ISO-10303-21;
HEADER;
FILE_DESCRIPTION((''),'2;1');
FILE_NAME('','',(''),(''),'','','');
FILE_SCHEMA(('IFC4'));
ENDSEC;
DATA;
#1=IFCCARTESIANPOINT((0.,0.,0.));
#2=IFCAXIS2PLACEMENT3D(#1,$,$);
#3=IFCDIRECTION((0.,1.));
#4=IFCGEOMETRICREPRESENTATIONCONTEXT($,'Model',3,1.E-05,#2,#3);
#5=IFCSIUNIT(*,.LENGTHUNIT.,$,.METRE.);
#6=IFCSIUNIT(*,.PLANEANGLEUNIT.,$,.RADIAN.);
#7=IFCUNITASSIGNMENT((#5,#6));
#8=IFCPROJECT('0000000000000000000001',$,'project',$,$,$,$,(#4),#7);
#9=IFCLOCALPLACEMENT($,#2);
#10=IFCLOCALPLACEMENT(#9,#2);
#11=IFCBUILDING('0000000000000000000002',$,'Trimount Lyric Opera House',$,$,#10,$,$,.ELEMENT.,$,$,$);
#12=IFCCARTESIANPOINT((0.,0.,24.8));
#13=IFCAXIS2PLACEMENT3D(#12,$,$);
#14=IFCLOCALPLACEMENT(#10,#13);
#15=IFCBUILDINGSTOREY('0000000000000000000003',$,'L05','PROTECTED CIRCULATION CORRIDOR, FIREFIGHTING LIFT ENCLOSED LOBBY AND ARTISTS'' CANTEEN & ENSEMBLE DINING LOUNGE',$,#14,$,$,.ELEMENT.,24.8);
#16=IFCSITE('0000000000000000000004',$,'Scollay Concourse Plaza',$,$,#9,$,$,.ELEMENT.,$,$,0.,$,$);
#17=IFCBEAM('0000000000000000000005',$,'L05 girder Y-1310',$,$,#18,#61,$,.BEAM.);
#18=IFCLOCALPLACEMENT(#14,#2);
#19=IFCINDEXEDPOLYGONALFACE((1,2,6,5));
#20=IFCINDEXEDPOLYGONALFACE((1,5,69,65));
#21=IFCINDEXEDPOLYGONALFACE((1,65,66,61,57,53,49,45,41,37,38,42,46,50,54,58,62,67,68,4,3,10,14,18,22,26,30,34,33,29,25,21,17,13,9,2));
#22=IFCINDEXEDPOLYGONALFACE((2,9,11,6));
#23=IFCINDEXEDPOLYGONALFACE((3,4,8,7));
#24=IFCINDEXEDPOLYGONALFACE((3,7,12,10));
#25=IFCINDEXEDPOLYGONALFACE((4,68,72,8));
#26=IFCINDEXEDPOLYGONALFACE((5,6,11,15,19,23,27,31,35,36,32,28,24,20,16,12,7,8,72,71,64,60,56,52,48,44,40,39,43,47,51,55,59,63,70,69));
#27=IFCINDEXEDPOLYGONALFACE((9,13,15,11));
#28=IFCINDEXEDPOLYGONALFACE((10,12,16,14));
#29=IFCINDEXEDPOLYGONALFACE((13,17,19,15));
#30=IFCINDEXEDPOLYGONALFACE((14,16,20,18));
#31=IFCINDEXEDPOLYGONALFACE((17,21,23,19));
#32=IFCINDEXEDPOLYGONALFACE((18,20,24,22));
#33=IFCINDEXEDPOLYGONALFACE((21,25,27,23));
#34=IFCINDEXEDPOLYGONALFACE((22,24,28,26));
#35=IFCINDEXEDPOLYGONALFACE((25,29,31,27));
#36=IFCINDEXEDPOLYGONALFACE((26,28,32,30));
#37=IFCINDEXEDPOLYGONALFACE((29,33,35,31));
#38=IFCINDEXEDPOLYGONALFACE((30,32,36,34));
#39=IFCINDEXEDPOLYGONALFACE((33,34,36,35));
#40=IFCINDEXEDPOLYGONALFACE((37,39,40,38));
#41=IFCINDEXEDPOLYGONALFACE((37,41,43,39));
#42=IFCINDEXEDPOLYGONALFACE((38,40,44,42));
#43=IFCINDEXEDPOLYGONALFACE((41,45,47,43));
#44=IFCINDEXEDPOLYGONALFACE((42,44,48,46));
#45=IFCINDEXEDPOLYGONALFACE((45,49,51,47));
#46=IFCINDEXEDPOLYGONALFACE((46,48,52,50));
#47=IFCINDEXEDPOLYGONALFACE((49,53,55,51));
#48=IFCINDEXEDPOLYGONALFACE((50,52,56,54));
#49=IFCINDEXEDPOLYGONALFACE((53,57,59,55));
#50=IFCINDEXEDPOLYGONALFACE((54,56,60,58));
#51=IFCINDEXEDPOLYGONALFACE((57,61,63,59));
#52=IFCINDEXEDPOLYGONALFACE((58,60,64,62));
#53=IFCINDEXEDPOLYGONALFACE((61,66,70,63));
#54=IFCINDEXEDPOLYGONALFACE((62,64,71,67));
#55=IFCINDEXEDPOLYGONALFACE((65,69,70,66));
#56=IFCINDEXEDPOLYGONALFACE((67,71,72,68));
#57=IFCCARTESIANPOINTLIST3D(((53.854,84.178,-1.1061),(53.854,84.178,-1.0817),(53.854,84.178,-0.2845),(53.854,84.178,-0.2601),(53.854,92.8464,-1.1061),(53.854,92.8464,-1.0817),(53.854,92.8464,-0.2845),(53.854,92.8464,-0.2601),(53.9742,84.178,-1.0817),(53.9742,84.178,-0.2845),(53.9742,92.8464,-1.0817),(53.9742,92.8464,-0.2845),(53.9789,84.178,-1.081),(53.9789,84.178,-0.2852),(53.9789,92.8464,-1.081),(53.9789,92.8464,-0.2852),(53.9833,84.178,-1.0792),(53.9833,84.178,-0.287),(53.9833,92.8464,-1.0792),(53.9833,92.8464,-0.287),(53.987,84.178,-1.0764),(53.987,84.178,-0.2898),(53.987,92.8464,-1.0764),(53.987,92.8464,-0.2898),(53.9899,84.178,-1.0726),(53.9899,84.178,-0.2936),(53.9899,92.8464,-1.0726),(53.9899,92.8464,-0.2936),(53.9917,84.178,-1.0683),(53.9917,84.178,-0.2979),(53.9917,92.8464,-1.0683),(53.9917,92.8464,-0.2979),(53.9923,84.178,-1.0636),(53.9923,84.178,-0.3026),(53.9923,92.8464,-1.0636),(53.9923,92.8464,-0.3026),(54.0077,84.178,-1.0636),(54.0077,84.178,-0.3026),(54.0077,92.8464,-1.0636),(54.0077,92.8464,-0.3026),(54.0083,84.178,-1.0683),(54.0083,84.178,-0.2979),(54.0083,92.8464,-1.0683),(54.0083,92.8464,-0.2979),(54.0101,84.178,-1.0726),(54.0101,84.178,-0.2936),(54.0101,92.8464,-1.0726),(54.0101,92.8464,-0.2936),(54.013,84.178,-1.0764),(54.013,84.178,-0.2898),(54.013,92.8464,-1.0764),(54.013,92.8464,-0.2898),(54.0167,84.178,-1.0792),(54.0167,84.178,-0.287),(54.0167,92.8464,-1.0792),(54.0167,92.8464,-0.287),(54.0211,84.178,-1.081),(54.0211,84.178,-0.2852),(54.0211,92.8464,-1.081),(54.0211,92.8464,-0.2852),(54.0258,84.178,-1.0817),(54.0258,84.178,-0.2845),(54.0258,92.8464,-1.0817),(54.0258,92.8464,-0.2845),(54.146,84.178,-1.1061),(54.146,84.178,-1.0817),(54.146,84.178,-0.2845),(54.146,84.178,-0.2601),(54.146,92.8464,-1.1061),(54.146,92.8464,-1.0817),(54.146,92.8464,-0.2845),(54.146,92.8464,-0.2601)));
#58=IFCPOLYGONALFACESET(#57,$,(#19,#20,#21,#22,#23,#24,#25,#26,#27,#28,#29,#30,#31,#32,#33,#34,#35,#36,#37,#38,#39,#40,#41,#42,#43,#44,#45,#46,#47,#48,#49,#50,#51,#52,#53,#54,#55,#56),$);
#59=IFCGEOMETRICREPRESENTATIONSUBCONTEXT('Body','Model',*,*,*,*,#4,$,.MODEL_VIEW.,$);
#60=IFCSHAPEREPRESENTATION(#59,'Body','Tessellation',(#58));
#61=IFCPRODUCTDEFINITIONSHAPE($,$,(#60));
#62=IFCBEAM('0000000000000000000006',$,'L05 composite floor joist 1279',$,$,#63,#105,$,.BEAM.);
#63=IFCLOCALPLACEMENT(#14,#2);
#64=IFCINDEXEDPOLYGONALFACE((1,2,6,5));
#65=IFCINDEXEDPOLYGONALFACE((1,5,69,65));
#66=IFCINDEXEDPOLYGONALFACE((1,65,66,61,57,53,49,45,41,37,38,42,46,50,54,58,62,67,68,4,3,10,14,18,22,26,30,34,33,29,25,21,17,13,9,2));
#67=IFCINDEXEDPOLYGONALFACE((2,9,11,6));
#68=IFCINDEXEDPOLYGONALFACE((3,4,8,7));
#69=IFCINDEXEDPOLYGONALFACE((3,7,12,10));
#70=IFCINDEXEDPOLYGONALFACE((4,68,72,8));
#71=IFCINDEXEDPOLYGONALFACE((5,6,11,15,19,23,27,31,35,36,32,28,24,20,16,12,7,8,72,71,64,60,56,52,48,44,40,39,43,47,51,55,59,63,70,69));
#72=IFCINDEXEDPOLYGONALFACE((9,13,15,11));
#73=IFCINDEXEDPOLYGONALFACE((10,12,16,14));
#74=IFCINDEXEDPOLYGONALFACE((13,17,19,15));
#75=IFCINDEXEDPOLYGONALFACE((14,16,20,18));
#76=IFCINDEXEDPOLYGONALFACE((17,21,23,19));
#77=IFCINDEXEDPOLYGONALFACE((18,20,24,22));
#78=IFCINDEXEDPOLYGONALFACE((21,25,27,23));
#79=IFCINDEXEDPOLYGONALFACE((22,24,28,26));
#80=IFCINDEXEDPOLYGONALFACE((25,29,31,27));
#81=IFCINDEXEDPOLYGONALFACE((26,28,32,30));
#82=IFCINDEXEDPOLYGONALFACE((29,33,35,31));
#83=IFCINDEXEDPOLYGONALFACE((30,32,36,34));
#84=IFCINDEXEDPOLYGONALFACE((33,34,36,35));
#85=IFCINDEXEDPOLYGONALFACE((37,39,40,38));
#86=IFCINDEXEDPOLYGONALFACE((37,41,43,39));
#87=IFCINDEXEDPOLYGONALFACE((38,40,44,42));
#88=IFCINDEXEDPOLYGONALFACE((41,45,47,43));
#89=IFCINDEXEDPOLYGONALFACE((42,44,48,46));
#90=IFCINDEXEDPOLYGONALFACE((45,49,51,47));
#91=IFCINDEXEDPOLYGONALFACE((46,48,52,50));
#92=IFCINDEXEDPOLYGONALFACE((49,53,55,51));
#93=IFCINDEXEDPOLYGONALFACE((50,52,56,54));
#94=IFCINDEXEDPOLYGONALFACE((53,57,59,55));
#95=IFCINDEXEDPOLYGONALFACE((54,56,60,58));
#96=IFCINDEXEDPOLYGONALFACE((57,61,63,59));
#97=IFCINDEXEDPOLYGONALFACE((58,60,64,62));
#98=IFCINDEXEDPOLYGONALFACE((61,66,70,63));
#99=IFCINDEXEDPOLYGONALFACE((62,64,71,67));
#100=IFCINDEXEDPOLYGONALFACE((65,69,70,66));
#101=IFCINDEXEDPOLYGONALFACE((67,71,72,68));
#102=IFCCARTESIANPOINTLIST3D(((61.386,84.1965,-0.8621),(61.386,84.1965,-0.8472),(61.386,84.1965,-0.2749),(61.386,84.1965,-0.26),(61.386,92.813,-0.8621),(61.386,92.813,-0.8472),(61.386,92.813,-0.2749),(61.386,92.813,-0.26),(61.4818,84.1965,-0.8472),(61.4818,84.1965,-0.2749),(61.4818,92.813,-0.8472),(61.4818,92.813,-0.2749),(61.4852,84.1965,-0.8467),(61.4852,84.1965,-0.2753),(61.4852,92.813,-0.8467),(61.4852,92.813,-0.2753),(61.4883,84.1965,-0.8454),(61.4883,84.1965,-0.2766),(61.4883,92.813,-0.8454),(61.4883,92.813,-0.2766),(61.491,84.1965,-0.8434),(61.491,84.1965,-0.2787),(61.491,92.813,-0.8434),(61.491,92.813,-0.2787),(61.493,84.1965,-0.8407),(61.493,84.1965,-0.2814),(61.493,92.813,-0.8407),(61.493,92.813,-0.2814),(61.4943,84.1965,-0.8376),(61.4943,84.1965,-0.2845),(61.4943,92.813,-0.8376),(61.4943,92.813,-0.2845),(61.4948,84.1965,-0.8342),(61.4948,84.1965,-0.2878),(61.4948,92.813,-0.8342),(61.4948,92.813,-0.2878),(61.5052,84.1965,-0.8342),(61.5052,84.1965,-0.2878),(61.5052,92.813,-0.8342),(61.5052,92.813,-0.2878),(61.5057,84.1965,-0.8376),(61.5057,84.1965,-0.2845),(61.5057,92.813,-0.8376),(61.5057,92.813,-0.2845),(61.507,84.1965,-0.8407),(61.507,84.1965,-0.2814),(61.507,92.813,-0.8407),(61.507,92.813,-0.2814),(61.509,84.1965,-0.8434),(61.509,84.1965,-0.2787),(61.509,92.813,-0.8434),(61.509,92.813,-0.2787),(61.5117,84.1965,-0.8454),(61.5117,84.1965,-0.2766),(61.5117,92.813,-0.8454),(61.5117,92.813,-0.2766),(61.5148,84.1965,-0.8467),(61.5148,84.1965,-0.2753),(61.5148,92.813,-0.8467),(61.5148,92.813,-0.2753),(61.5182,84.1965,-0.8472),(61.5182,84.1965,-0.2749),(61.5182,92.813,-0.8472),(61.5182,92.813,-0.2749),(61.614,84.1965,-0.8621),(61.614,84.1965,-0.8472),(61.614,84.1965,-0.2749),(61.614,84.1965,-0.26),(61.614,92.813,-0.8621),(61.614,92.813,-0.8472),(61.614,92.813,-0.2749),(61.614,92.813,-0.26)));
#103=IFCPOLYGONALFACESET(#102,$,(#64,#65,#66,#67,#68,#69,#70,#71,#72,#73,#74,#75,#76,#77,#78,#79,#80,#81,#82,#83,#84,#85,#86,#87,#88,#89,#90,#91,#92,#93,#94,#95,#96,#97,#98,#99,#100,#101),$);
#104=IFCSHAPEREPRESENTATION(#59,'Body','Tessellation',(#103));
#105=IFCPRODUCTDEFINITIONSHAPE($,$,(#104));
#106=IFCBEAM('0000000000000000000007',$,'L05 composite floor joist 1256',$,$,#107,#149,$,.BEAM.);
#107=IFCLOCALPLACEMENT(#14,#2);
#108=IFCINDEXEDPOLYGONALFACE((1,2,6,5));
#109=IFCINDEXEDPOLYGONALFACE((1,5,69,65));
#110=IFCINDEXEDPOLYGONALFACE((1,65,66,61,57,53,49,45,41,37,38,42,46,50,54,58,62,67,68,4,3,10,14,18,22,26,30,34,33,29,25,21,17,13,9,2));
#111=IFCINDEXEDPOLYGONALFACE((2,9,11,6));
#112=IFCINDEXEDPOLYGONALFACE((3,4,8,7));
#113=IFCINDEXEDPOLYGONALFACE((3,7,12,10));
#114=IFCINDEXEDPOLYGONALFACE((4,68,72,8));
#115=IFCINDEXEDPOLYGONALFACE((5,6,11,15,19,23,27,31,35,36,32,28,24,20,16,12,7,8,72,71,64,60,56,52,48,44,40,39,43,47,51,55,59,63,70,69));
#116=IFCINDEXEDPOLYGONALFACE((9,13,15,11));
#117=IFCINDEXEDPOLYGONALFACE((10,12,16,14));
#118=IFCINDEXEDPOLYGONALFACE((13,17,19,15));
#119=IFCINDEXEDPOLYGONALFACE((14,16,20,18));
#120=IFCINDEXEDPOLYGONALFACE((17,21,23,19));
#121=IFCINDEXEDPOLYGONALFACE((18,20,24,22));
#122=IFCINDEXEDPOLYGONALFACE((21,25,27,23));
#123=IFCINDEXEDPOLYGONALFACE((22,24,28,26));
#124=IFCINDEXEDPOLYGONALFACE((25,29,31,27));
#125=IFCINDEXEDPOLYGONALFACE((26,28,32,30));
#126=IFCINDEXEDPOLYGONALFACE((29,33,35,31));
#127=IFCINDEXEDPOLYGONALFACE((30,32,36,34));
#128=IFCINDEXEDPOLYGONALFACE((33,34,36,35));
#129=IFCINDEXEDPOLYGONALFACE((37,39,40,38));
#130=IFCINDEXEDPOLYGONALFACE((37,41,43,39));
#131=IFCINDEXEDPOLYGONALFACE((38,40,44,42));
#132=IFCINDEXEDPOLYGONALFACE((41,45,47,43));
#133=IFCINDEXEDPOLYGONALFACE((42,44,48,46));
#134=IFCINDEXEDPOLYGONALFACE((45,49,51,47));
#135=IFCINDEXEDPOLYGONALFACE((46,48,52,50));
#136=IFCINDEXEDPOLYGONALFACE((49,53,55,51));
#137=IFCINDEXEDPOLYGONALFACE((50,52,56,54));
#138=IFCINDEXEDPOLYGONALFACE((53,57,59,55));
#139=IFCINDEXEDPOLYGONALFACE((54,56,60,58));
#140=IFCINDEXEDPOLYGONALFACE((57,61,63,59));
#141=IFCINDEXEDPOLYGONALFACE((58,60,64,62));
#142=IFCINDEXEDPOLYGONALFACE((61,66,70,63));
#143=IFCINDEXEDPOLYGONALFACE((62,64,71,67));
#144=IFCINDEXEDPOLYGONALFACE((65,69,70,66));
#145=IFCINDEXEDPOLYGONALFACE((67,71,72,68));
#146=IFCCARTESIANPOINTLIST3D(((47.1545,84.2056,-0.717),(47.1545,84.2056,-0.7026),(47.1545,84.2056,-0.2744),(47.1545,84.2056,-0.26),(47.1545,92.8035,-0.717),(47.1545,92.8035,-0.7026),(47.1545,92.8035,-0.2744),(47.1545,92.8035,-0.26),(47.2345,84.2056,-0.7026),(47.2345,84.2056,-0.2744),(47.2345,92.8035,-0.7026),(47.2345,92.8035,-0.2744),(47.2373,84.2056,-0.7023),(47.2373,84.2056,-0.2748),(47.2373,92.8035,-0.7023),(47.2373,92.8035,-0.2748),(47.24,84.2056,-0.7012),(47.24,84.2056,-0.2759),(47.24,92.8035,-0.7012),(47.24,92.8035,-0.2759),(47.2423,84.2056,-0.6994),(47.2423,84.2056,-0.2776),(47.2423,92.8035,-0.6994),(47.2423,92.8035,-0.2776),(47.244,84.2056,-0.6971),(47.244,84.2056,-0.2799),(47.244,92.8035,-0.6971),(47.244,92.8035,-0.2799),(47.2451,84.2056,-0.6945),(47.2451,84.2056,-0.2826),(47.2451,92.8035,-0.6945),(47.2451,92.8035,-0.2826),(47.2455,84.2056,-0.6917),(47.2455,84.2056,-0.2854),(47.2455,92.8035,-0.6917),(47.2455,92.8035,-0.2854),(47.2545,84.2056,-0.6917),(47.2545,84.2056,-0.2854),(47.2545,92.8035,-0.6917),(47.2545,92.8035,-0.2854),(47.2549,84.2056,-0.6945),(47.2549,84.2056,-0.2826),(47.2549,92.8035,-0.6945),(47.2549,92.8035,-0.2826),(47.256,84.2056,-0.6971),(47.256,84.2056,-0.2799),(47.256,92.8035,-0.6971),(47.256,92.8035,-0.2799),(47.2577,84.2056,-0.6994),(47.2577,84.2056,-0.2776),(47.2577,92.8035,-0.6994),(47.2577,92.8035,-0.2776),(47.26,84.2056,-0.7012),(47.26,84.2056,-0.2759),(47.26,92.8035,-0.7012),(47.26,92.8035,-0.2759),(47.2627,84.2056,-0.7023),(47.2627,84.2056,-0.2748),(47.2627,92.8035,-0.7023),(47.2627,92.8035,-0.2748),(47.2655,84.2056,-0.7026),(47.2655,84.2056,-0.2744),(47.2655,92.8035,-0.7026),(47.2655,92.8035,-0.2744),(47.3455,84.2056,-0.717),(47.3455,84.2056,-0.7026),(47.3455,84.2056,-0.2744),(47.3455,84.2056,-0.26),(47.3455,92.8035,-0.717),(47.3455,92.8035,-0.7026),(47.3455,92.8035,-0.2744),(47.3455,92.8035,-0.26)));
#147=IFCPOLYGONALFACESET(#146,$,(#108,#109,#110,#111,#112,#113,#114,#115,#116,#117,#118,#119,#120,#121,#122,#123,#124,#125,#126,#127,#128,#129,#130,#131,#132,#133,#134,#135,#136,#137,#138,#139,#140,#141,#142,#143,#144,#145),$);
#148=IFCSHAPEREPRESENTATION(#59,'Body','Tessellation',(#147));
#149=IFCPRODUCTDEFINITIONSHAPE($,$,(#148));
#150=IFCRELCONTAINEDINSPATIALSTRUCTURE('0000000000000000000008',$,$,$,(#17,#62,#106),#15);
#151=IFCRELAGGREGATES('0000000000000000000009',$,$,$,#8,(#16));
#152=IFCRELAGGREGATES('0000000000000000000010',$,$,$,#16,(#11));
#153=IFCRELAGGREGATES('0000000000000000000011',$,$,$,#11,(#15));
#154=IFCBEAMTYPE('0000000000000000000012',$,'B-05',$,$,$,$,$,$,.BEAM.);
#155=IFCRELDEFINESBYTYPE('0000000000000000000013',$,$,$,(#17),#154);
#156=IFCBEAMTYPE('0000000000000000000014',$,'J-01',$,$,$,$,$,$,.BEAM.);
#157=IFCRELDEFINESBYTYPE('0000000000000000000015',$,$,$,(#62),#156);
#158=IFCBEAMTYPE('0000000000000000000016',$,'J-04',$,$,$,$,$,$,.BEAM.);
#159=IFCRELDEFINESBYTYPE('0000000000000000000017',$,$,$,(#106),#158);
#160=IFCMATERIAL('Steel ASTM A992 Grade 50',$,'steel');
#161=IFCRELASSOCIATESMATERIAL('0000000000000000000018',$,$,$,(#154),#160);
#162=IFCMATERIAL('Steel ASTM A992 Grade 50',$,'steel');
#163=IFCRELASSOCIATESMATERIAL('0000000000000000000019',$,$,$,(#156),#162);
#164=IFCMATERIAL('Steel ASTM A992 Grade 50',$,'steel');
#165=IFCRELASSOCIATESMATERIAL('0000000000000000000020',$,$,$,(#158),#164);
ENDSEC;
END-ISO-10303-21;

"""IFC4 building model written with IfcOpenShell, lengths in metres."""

from ifc_helpers import new_model, si_unit, direction, frame, origin, origin_2d, place, context, subcontext, project, spatial, i_section, extrude, material, material_profile, profile_set, type_object, element, save


model = new_model("IFC4")

# Units and contexts
model_context = context("Model", 3, precision=1e-05, world=origin(), true_north=direction((0.0, 1.0)))
body_context = subcontext(model_context, "Body", "Model", "MODEL_VIEW")
ifc_project = project(units=[si_unit("LENGTHUNIT", "METRE"), si_unit("PLANEANGLEUNIT", "RADIAN")], contexts=[model_context])

# Site, building, storey
site_placement = place(None, origin())
site = spatial("IfcSite", under=ifc_project, at=site_placement, Name="Scollay Concourse Plaza", CompositionType="ELEMENT", RefElevation=0.0)
building_placement = place(site_placement, origin())
building = spatial("IfcBuilding", under=site, at=building_placement, Name="Trimount Lyric Opera House", CompositionType="ELEMENT")
storey_placement = place(building_placement, frame((0.0, 0.0, 24.8)))
storey = spatial("IfcBuildingStorey", under=building, at=storey_placement, Name="L05", Description="PROTECTED CIRCULATION CORRIDOR, FIREFIGHTING LIFT ENCLOSED LOBBY AND ARTISTS' CANTEEN & ENSEMBLE DINING LOUNGE", CompositionType="ELEMENT", Elevation=24.8)

# Beams
ifc_material_1 = material(Name="Steel ASTM A992 Grade 50", Category="steel")
ifc_material_profile_1 = material_profile(ifc_material_1, i_section(OverallWidth=0.292, OverallDepth=0.8459, WebThickness=0.0154, FlangeThickness=0.0244, FilletRadius=0.0181, at=origin_2d()), Name="W33X141")
ifc_profile_set_1 = profile_set([ifc_material_profile_1], Name="Steel ASTM A992 Grade 50")
beam_type_1 = type_object("IfcBeamType", Name="B-05", PredefinedType="BEAM", material=ifc_profile_set_1)
beam_1_placement = place(storey_placement, frame((54.0, 84.178, -0.6831), z_axis=(0.0, 1.0, 0.0), x_axis=(-1.0, 0.0, 0.0)))
element("IfcBeam", 1, at=beam_1_placement, inside=storey, type_object=beam_type_1, Name="L05 girder Y-1310", PredefinedType="BEAM", context=body_context, shape_type="SweptSolid", body=[
    extrude(i_section(OverallWidth=0.292, OverallDepth=0.8459, WebThickness=0.0154, FlangeThickness=0.0244, FilletRadius=0.0181, at=origin_2d()), origin(), (0.0, 0.0, 1.0), 8.6685),
])
ifc_material_2 = material(Name="Steel ASTM A992 Grade 50", Category="steel")
ifc_material_profile_2 = material_profile(ifc_material_2, i_section(OverallWidth=0.228, OverallDepth=0.6021, WebThickness=0.0105, FlangeThickness=0.0149, FilletRadius=0.0129, at=origin_2d()), Name="W24X68")
ifc_profile_set_2 = profile_set([ifc_material_profile_2], Name="Steel ASTM A992 Grade 50")
beam_type_2 = type_object("IfcBeamType", Name="J-01", PredefinedType="BEAM", material=ifc_profile_set_2)
beam_2_placement = place(storey_placement, frame((61.5, 84.1965, -0.561), z_axis=(0.0, 1.0, 0.0), x_axis=(-1.0, 0.0, 0.0)))
element("IfcBeam", 2, at=beam_2_placement, inside=storey, type_object=beam_type_2, Name="L05 composite floor joist 1279", PredefinedType="BEAM", context=body_context, shape_type="SweptSolid", body=[
    extrude(i_section(OverallWidth=0.228, OverallDepth=0.6021, WebThickness=0.0105, FlangeThickness=0.0149, FilletRadius=0.0129, at=origin_2d()), origin(), (0.0, 0.0, 1.0), 8.6165),
])
ifc_material_3 = material(Name="Steel ASTM A992 Grade 50", Category="steel")
ifc_material_profile_3 = material_profile(ifc_material_3, i_section(OverallWidth=0.1909, OverallDepth=0.457, WebThickness=0.009, FlangeThickness=0.0144, FilletRadius=0.011, at=origin_2d()), Name="W18X50")
ifc_profile_set_3 = profile_set([ifc_material_profile_3], Name="Steel ASTM A992 Grade 50")
beam_type_3 = type_object("IfcBeamType", Name="J-04", PredefinedType="BEAM", material=ifc_profile_set_3)
beam_3_placement = place(storey_placement, frame((47.25, 84.2056, -0.4885), z_axis=(0.0, 1.0, 0.0), x_axis=(-1.0, 0.0, 0.0)))
element("IfcBeam", 3, at=beam_3_placement, inside=storey, type_object=beam_type_3, Name="L05 composite floor joist 1256", PredefinedType="BEAM", context=body_context, shape_type="SweptSolid", body=[
    extrude(i_section(OverallWidth=0.1909, OverallDepth=0.457, WebThickness=0.009, FlangeThickness=0.0144, FilletRadius=0.011, at=origin_2d()), origin(), (0.0, 0.0, 1.0), 8.5979),
])

save(model, "model.ifc")
